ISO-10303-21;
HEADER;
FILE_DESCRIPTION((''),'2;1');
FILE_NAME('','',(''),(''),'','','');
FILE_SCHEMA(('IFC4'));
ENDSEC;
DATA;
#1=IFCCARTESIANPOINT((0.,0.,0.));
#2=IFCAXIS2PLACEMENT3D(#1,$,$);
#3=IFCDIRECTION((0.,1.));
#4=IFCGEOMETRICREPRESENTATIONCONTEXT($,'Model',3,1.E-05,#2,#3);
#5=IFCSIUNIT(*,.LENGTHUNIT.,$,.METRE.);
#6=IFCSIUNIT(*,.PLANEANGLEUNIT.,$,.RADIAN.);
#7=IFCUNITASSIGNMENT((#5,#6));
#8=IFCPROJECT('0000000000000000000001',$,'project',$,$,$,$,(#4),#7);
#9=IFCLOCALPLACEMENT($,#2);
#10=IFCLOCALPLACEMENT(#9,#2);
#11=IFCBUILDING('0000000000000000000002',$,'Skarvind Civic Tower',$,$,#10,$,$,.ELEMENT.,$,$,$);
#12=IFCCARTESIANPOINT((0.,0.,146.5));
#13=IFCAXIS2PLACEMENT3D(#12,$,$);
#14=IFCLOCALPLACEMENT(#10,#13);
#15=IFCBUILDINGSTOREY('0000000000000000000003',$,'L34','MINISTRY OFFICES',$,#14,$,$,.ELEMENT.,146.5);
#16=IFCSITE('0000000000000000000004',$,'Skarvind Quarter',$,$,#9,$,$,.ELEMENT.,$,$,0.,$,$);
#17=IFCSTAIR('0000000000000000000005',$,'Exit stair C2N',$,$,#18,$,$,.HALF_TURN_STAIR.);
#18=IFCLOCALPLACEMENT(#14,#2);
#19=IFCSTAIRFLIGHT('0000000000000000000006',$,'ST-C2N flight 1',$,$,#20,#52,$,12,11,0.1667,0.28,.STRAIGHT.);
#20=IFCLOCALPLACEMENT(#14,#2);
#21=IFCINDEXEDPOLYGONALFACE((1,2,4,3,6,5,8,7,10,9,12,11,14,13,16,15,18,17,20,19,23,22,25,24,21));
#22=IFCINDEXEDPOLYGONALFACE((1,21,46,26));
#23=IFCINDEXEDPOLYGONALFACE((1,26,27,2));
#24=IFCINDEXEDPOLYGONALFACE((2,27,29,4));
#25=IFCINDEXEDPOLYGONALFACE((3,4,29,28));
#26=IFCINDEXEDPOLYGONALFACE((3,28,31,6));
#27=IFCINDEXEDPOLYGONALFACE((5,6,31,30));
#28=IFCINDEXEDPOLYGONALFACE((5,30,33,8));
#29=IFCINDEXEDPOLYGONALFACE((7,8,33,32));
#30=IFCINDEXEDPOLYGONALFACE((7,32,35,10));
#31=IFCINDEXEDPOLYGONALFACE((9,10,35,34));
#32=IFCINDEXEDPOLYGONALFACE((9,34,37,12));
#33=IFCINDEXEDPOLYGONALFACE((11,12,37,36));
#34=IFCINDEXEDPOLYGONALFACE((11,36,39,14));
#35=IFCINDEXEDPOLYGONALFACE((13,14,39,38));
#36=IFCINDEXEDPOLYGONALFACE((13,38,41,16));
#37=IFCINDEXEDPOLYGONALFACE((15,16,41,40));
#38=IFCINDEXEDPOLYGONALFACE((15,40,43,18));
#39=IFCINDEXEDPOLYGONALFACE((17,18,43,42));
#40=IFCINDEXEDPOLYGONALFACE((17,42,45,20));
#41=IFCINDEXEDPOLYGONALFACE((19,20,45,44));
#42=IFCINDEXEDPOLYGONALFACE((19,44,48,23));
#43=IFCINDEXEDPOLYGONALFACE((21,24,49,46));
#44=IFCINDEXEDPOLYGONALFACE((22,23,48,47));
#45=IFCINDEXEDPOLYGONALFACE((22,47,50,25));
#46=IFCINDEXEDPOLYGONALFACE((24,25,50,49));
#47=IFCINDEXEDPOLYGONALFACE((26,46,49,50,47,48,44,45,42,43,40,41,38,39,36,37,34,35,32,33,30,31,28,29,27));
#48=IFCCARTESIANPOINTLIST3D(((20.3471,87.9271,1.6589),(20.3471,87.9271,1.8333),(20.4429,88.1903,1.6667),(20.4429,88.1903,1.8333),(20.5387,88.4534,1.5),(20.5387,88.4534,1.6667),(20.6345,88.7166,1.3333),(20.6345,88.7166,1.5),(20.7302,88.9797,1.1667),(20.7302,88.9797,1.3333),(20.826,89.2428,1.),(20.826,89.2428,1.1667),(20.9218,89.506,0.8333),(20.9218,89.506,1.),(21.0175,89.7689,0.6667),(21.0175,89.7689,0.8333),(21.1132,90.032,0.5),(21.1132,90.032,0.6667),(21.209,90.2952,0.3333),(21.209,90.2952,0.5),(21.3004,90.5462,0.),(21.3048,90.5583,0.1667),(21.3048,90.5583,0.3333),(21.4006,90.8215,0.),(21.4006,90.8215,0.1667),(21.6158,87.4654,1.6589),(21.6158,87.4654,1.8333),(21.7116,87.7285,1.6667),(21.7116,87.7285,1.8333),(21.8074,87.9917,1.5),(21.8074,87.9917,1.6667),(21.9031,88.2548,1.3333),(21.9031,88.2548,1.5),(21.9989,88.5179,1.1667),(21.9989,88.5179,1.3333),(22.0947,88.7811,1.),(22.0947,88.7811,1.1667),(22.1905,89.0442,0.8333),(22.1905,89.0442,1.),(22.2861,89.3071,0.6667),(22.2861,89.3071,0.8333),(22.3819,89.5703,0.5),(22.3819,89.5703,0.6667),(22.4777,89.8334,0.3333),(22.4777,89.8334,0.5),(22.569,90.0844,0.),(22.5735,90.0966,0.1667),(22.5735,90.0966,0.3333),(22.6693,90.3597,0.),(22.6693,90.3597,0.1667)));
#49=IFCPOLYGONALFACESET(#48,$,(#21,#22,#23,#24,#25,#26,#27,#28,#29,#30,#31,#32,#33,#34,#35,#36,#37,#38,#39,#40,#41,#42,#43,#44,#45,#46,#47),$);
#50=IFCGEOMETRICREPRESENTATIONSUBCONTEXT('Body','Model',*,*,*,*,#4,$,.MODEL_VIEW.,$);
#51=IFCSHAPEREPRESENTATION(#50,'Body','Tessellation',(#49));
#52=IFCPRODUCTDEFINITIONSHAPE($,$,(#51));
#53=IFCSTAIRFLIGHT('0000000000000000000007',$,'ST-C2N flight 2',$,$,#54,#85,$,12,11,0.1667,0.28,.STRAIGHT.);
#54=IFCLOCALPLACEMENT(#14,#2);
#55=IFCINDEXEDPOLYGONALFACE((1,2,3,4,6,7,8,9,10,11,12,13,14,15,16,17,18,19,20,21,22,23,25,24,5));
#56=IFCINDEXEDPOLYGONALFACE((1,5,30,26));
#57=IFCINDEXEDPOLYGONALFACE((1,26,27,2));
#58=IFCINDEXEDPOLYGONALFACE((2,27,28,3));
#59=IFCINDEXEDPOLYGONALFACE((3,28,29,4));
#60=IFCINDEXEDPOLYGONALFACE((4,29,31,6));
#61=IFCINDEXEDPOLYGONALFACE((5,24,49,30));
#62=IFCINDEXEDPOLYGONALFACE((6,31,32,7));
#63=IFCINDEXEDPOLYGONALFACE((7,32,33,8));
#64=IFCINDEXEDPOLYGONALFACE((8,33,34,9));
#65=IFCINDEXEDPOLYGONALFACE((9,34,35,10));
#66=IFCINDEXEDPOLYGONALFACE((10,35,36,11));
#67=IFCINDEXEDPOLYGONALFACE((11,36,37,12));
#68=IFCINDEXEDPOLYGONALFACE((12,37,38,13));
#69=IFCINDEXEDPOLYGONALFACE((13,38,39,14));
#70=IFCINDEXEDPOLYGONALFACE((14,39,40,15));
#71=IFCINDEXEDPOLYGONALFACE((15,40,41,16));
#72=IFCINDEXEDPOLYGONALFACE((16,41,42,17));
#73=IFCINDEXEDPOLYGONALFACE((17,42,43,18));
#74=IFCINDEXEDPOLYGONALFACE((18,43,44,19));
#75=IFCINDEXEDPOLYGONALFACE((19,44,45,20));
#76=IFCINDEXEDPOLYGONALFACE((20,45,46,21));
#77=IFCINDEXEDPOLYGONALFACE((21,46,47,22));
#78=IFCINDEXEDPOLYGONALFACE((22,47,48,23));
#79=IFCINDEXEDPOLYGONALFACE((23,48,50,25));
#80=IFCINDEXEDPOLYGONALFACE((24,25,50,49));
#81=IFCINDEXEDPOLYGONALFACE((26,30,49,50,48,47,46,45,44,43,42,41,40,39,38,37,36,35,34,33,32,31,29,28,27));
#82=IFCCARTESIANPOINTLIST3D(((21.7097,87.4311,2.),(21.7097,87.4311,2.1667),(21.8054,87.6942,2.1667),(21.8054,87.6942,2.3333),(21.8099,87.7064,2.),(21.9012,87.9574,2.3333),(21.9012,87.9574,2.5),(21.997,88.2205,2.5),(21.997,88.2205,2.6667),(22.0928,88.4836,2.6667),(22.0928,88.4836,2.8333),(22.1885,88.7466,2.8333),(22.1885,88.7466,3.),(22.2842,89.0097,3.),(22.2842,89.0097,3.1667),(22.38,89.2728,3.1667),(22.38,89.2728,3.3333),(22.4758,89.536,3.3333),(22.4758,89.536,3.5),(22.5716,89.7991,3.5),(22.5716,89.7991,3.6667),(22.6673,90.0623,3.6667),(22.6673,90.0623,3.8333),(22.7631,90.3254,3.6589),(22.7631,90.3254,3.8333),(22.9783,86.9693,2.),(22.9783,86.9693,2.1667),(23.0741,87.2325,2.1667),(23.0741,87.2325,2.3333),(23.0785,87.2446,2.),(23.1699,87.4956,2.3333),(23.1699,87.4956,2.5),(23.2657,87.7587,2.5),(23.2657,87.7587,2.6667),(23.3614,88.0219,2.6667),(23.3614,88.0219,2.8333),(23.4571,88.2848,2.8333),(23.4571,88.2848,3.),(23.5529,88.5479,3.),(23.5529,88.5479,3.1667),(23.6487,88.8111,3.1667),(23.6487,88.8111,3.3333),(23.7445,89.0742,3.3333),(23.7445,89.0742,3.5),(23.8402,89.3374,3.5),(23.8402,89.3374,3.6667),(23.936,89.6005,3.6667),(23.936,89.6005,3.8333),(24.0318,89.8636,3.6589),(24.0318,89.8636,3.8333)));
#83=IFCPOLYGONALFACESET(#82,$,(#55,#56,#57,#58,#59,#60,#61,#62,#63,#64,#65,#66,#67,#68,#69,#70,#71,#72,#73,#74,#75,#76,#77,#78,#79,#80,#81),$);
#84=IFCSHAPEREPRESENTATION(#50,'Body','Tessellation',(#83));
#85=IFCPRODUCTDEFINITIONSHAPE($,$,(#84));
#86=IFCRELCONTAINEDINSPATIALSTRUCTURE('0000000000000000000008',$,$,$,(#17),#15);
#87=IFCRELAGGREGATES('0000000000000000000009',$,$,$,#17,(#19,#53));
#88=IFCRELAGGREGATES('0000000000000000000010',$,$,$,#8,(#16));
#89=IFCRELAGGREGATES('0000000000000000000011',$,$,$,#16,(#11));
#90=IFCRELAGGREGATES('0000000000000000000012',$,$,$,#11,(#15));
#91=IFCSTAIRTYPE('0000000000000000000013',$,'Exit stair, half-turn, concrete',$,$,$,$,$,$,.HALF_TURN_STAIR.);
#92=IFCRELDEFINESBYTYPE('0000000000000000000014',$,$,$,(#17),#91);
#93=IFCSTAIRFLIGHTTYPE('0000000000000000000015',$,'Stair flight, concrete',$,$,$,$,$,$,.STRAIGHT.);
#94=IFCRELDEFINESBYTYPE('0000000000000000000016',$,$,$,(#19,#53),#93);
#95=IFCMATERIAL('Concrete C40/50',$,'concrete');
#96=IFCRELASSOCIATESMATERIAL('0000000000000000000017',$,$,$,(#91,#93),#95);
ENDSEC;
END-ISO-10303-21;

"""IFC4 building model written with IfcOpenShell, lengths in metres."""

from ifc_helpers import new_model, si_unit, direction, frame, origin, place, context, subcontext, project, spatial, polyline, outline, extrude, material, type_object, element, aggregate, save


model = new_model("IFC4")

# Units and contexts
model_context = context("Model", 3, precision=1e-05, world=origin(), true_north=direction((0.0, 1.0)))
body_context = subcontext(model_context, "Body", "Model", "MODEL_VIEW")
ifc_project = project(units=[si_unit("LENGTHUNIT", "METRE"), si_unit("PLANEANGLEUNIT", "RADIAN")], contexts=[model_context])

# Site, building, storey
site_placement = place(None, origin())
site = spatial("IfcSite", under=ifc_project, at=site_placement, Name="Skarvind Quarter", CompositionType="ELEMENT", RefElevation=0.0)
building_placement = place(site_placement, origin())
building = spatial("IfcBuilding", under=site, at=building_placement, Name="Skarvind Civic Tower", CompositionType="ELEMENT")
storey_placement = place(building_placement, frame((0.0, 0.0, 146.5)))
storey = spatial("IfcBuildingStorey", under=building, at=storey_placement, Name="L34", Description="MINISTRY OFFICES", CompositionType="ELEMENT", Elevation=146.5)

# Stair, stair flights
ifc_material_1 = material(Name="Concrete C40/50", Category="concrete")
stair_type = type_object("IfcStairType", Name="Exit stair, half-turn, concrete", PredefinedType="HALF_TURN_STAIR", material=ifc_material_1)
stair_placement = place(storey_placement, origin())
stair = element("IfcStair", 1, at=stair_placement, inside=storey, type_object=stair_type, Name="Exit stair C2N", PredefinedType="HALF_TURN_STAIR")
stair_flight_type = type_object("IfcStairFlightType", Name="Stair flight, concrete", PredefinedType="STRAIGHT", material=ifc_material_1)
stair_flight_1_placement = place(storey_placement, frame((22.0349, 90.5906, 0.0), z_axis=(0.0, 0.0, 1.0), x_axis=(-0.34202, -0.939693, 0.0)))
stair_flight_1 = element("IfcStairFlight", 2, at=stair_flight_1_placement, type_object=stair_flight_type, Name="ST-C2N flight 1", NumberOfRisers=12, NumberOfTreads=11, PredefinedType="STRAIGHT", RiserHeight=0.1667, TreadLength=0.28, context=body_context, shape_type="SweptSolid", body=[
    extrude(outline(polyline([(0.0, 0.0), (0.0, 0.1667), (0.28, 0.1667), (0.28, 0.3333), (0.5601, 0.3333), (0.5601, 0.5), (0.8401, 0.5), (0.8401, 0.6667), (1.1201, 0.6667), (1.1201, 0.8333), (1.3999, 0.8333), (1.3999, 1.0), (1.6799, 1.0), (1.6799, 1.1667), (1.96, 1.1667), (1.96, 1.3333), (2.24, 1.3333), (2.24, 1.5), (2.52, 1.5), (2.52, 1.6667), (2.8, 1.6667), (2.8, 1.8333), (3.0801, 1.8333), (3.0801, 2.0), (3.0801, 1.6589), (0.293, 0.0), (0.0, 0.0)])), frame((0.0, 0.675, 0.0), z_axis=(0.0, -1.0, 0.0), x_axis=(1.0, 0.0, 0.0)), (0.0, 0.0, 1.0), 1.3501),
])
stair_flight_2_placement = place(storey_placement, frame((22.344, 87.2002, 2.0), z_axis=(0.0, 0.0, 1.0), x_axis=(0.34202, 0.939693, 0.0)))
stair_flight_2 = element("IfcStairFlight", 3, at=stair_flight_2_placement, type_object=stair_flight_type, Name="ST-C2N flight 2", NumberOfRisers=12, NumberOfTreads=11, PredefinedType="STRAIGHT", RiserHeight=0.1667, TreadLength=0.28, context=body_context, shape_type="SweptSolid", body=[
    extrude(outline(polyline([(0.0, 0.0), (0.0, 0.1667), (0.28, 0.1667), (0.28, 0.3333), (0.5601, 0.3333), (0.5601, 0.5), (0.8401, 0.5), (0.8401, 0.6667), (1.1201, 0.6667), (1.1201, 0.8333), (1.3999, 0.8333), (1.3999, 1.0), (1.6799, 1.0), (1.6799, 1.1667), (1.96, 1.1667), (1.96, 1.3333), (2.24, 1.3333), (2.24, 1.5), (2.52, 1.5), (2.52, 1.6667), (2.8, 1.6667), (2.8, 1.8333), (3.0801, 1.8333), (3.0801, 2.0), (3.0801, 1.6589), (0.293, 0.0), (0.0, 0.0)])), frame((0.0, 0.675, 0.0), z_axis=(0.0, -1.0, 0.0), x_axis=(1.0, 0.0, 0.0)), (0.0, 0.0, 1.0), 1.3501),
])
aggregate(stair, [stair_flight_1, stair_flight_2])

save(model, "model.ifc")
